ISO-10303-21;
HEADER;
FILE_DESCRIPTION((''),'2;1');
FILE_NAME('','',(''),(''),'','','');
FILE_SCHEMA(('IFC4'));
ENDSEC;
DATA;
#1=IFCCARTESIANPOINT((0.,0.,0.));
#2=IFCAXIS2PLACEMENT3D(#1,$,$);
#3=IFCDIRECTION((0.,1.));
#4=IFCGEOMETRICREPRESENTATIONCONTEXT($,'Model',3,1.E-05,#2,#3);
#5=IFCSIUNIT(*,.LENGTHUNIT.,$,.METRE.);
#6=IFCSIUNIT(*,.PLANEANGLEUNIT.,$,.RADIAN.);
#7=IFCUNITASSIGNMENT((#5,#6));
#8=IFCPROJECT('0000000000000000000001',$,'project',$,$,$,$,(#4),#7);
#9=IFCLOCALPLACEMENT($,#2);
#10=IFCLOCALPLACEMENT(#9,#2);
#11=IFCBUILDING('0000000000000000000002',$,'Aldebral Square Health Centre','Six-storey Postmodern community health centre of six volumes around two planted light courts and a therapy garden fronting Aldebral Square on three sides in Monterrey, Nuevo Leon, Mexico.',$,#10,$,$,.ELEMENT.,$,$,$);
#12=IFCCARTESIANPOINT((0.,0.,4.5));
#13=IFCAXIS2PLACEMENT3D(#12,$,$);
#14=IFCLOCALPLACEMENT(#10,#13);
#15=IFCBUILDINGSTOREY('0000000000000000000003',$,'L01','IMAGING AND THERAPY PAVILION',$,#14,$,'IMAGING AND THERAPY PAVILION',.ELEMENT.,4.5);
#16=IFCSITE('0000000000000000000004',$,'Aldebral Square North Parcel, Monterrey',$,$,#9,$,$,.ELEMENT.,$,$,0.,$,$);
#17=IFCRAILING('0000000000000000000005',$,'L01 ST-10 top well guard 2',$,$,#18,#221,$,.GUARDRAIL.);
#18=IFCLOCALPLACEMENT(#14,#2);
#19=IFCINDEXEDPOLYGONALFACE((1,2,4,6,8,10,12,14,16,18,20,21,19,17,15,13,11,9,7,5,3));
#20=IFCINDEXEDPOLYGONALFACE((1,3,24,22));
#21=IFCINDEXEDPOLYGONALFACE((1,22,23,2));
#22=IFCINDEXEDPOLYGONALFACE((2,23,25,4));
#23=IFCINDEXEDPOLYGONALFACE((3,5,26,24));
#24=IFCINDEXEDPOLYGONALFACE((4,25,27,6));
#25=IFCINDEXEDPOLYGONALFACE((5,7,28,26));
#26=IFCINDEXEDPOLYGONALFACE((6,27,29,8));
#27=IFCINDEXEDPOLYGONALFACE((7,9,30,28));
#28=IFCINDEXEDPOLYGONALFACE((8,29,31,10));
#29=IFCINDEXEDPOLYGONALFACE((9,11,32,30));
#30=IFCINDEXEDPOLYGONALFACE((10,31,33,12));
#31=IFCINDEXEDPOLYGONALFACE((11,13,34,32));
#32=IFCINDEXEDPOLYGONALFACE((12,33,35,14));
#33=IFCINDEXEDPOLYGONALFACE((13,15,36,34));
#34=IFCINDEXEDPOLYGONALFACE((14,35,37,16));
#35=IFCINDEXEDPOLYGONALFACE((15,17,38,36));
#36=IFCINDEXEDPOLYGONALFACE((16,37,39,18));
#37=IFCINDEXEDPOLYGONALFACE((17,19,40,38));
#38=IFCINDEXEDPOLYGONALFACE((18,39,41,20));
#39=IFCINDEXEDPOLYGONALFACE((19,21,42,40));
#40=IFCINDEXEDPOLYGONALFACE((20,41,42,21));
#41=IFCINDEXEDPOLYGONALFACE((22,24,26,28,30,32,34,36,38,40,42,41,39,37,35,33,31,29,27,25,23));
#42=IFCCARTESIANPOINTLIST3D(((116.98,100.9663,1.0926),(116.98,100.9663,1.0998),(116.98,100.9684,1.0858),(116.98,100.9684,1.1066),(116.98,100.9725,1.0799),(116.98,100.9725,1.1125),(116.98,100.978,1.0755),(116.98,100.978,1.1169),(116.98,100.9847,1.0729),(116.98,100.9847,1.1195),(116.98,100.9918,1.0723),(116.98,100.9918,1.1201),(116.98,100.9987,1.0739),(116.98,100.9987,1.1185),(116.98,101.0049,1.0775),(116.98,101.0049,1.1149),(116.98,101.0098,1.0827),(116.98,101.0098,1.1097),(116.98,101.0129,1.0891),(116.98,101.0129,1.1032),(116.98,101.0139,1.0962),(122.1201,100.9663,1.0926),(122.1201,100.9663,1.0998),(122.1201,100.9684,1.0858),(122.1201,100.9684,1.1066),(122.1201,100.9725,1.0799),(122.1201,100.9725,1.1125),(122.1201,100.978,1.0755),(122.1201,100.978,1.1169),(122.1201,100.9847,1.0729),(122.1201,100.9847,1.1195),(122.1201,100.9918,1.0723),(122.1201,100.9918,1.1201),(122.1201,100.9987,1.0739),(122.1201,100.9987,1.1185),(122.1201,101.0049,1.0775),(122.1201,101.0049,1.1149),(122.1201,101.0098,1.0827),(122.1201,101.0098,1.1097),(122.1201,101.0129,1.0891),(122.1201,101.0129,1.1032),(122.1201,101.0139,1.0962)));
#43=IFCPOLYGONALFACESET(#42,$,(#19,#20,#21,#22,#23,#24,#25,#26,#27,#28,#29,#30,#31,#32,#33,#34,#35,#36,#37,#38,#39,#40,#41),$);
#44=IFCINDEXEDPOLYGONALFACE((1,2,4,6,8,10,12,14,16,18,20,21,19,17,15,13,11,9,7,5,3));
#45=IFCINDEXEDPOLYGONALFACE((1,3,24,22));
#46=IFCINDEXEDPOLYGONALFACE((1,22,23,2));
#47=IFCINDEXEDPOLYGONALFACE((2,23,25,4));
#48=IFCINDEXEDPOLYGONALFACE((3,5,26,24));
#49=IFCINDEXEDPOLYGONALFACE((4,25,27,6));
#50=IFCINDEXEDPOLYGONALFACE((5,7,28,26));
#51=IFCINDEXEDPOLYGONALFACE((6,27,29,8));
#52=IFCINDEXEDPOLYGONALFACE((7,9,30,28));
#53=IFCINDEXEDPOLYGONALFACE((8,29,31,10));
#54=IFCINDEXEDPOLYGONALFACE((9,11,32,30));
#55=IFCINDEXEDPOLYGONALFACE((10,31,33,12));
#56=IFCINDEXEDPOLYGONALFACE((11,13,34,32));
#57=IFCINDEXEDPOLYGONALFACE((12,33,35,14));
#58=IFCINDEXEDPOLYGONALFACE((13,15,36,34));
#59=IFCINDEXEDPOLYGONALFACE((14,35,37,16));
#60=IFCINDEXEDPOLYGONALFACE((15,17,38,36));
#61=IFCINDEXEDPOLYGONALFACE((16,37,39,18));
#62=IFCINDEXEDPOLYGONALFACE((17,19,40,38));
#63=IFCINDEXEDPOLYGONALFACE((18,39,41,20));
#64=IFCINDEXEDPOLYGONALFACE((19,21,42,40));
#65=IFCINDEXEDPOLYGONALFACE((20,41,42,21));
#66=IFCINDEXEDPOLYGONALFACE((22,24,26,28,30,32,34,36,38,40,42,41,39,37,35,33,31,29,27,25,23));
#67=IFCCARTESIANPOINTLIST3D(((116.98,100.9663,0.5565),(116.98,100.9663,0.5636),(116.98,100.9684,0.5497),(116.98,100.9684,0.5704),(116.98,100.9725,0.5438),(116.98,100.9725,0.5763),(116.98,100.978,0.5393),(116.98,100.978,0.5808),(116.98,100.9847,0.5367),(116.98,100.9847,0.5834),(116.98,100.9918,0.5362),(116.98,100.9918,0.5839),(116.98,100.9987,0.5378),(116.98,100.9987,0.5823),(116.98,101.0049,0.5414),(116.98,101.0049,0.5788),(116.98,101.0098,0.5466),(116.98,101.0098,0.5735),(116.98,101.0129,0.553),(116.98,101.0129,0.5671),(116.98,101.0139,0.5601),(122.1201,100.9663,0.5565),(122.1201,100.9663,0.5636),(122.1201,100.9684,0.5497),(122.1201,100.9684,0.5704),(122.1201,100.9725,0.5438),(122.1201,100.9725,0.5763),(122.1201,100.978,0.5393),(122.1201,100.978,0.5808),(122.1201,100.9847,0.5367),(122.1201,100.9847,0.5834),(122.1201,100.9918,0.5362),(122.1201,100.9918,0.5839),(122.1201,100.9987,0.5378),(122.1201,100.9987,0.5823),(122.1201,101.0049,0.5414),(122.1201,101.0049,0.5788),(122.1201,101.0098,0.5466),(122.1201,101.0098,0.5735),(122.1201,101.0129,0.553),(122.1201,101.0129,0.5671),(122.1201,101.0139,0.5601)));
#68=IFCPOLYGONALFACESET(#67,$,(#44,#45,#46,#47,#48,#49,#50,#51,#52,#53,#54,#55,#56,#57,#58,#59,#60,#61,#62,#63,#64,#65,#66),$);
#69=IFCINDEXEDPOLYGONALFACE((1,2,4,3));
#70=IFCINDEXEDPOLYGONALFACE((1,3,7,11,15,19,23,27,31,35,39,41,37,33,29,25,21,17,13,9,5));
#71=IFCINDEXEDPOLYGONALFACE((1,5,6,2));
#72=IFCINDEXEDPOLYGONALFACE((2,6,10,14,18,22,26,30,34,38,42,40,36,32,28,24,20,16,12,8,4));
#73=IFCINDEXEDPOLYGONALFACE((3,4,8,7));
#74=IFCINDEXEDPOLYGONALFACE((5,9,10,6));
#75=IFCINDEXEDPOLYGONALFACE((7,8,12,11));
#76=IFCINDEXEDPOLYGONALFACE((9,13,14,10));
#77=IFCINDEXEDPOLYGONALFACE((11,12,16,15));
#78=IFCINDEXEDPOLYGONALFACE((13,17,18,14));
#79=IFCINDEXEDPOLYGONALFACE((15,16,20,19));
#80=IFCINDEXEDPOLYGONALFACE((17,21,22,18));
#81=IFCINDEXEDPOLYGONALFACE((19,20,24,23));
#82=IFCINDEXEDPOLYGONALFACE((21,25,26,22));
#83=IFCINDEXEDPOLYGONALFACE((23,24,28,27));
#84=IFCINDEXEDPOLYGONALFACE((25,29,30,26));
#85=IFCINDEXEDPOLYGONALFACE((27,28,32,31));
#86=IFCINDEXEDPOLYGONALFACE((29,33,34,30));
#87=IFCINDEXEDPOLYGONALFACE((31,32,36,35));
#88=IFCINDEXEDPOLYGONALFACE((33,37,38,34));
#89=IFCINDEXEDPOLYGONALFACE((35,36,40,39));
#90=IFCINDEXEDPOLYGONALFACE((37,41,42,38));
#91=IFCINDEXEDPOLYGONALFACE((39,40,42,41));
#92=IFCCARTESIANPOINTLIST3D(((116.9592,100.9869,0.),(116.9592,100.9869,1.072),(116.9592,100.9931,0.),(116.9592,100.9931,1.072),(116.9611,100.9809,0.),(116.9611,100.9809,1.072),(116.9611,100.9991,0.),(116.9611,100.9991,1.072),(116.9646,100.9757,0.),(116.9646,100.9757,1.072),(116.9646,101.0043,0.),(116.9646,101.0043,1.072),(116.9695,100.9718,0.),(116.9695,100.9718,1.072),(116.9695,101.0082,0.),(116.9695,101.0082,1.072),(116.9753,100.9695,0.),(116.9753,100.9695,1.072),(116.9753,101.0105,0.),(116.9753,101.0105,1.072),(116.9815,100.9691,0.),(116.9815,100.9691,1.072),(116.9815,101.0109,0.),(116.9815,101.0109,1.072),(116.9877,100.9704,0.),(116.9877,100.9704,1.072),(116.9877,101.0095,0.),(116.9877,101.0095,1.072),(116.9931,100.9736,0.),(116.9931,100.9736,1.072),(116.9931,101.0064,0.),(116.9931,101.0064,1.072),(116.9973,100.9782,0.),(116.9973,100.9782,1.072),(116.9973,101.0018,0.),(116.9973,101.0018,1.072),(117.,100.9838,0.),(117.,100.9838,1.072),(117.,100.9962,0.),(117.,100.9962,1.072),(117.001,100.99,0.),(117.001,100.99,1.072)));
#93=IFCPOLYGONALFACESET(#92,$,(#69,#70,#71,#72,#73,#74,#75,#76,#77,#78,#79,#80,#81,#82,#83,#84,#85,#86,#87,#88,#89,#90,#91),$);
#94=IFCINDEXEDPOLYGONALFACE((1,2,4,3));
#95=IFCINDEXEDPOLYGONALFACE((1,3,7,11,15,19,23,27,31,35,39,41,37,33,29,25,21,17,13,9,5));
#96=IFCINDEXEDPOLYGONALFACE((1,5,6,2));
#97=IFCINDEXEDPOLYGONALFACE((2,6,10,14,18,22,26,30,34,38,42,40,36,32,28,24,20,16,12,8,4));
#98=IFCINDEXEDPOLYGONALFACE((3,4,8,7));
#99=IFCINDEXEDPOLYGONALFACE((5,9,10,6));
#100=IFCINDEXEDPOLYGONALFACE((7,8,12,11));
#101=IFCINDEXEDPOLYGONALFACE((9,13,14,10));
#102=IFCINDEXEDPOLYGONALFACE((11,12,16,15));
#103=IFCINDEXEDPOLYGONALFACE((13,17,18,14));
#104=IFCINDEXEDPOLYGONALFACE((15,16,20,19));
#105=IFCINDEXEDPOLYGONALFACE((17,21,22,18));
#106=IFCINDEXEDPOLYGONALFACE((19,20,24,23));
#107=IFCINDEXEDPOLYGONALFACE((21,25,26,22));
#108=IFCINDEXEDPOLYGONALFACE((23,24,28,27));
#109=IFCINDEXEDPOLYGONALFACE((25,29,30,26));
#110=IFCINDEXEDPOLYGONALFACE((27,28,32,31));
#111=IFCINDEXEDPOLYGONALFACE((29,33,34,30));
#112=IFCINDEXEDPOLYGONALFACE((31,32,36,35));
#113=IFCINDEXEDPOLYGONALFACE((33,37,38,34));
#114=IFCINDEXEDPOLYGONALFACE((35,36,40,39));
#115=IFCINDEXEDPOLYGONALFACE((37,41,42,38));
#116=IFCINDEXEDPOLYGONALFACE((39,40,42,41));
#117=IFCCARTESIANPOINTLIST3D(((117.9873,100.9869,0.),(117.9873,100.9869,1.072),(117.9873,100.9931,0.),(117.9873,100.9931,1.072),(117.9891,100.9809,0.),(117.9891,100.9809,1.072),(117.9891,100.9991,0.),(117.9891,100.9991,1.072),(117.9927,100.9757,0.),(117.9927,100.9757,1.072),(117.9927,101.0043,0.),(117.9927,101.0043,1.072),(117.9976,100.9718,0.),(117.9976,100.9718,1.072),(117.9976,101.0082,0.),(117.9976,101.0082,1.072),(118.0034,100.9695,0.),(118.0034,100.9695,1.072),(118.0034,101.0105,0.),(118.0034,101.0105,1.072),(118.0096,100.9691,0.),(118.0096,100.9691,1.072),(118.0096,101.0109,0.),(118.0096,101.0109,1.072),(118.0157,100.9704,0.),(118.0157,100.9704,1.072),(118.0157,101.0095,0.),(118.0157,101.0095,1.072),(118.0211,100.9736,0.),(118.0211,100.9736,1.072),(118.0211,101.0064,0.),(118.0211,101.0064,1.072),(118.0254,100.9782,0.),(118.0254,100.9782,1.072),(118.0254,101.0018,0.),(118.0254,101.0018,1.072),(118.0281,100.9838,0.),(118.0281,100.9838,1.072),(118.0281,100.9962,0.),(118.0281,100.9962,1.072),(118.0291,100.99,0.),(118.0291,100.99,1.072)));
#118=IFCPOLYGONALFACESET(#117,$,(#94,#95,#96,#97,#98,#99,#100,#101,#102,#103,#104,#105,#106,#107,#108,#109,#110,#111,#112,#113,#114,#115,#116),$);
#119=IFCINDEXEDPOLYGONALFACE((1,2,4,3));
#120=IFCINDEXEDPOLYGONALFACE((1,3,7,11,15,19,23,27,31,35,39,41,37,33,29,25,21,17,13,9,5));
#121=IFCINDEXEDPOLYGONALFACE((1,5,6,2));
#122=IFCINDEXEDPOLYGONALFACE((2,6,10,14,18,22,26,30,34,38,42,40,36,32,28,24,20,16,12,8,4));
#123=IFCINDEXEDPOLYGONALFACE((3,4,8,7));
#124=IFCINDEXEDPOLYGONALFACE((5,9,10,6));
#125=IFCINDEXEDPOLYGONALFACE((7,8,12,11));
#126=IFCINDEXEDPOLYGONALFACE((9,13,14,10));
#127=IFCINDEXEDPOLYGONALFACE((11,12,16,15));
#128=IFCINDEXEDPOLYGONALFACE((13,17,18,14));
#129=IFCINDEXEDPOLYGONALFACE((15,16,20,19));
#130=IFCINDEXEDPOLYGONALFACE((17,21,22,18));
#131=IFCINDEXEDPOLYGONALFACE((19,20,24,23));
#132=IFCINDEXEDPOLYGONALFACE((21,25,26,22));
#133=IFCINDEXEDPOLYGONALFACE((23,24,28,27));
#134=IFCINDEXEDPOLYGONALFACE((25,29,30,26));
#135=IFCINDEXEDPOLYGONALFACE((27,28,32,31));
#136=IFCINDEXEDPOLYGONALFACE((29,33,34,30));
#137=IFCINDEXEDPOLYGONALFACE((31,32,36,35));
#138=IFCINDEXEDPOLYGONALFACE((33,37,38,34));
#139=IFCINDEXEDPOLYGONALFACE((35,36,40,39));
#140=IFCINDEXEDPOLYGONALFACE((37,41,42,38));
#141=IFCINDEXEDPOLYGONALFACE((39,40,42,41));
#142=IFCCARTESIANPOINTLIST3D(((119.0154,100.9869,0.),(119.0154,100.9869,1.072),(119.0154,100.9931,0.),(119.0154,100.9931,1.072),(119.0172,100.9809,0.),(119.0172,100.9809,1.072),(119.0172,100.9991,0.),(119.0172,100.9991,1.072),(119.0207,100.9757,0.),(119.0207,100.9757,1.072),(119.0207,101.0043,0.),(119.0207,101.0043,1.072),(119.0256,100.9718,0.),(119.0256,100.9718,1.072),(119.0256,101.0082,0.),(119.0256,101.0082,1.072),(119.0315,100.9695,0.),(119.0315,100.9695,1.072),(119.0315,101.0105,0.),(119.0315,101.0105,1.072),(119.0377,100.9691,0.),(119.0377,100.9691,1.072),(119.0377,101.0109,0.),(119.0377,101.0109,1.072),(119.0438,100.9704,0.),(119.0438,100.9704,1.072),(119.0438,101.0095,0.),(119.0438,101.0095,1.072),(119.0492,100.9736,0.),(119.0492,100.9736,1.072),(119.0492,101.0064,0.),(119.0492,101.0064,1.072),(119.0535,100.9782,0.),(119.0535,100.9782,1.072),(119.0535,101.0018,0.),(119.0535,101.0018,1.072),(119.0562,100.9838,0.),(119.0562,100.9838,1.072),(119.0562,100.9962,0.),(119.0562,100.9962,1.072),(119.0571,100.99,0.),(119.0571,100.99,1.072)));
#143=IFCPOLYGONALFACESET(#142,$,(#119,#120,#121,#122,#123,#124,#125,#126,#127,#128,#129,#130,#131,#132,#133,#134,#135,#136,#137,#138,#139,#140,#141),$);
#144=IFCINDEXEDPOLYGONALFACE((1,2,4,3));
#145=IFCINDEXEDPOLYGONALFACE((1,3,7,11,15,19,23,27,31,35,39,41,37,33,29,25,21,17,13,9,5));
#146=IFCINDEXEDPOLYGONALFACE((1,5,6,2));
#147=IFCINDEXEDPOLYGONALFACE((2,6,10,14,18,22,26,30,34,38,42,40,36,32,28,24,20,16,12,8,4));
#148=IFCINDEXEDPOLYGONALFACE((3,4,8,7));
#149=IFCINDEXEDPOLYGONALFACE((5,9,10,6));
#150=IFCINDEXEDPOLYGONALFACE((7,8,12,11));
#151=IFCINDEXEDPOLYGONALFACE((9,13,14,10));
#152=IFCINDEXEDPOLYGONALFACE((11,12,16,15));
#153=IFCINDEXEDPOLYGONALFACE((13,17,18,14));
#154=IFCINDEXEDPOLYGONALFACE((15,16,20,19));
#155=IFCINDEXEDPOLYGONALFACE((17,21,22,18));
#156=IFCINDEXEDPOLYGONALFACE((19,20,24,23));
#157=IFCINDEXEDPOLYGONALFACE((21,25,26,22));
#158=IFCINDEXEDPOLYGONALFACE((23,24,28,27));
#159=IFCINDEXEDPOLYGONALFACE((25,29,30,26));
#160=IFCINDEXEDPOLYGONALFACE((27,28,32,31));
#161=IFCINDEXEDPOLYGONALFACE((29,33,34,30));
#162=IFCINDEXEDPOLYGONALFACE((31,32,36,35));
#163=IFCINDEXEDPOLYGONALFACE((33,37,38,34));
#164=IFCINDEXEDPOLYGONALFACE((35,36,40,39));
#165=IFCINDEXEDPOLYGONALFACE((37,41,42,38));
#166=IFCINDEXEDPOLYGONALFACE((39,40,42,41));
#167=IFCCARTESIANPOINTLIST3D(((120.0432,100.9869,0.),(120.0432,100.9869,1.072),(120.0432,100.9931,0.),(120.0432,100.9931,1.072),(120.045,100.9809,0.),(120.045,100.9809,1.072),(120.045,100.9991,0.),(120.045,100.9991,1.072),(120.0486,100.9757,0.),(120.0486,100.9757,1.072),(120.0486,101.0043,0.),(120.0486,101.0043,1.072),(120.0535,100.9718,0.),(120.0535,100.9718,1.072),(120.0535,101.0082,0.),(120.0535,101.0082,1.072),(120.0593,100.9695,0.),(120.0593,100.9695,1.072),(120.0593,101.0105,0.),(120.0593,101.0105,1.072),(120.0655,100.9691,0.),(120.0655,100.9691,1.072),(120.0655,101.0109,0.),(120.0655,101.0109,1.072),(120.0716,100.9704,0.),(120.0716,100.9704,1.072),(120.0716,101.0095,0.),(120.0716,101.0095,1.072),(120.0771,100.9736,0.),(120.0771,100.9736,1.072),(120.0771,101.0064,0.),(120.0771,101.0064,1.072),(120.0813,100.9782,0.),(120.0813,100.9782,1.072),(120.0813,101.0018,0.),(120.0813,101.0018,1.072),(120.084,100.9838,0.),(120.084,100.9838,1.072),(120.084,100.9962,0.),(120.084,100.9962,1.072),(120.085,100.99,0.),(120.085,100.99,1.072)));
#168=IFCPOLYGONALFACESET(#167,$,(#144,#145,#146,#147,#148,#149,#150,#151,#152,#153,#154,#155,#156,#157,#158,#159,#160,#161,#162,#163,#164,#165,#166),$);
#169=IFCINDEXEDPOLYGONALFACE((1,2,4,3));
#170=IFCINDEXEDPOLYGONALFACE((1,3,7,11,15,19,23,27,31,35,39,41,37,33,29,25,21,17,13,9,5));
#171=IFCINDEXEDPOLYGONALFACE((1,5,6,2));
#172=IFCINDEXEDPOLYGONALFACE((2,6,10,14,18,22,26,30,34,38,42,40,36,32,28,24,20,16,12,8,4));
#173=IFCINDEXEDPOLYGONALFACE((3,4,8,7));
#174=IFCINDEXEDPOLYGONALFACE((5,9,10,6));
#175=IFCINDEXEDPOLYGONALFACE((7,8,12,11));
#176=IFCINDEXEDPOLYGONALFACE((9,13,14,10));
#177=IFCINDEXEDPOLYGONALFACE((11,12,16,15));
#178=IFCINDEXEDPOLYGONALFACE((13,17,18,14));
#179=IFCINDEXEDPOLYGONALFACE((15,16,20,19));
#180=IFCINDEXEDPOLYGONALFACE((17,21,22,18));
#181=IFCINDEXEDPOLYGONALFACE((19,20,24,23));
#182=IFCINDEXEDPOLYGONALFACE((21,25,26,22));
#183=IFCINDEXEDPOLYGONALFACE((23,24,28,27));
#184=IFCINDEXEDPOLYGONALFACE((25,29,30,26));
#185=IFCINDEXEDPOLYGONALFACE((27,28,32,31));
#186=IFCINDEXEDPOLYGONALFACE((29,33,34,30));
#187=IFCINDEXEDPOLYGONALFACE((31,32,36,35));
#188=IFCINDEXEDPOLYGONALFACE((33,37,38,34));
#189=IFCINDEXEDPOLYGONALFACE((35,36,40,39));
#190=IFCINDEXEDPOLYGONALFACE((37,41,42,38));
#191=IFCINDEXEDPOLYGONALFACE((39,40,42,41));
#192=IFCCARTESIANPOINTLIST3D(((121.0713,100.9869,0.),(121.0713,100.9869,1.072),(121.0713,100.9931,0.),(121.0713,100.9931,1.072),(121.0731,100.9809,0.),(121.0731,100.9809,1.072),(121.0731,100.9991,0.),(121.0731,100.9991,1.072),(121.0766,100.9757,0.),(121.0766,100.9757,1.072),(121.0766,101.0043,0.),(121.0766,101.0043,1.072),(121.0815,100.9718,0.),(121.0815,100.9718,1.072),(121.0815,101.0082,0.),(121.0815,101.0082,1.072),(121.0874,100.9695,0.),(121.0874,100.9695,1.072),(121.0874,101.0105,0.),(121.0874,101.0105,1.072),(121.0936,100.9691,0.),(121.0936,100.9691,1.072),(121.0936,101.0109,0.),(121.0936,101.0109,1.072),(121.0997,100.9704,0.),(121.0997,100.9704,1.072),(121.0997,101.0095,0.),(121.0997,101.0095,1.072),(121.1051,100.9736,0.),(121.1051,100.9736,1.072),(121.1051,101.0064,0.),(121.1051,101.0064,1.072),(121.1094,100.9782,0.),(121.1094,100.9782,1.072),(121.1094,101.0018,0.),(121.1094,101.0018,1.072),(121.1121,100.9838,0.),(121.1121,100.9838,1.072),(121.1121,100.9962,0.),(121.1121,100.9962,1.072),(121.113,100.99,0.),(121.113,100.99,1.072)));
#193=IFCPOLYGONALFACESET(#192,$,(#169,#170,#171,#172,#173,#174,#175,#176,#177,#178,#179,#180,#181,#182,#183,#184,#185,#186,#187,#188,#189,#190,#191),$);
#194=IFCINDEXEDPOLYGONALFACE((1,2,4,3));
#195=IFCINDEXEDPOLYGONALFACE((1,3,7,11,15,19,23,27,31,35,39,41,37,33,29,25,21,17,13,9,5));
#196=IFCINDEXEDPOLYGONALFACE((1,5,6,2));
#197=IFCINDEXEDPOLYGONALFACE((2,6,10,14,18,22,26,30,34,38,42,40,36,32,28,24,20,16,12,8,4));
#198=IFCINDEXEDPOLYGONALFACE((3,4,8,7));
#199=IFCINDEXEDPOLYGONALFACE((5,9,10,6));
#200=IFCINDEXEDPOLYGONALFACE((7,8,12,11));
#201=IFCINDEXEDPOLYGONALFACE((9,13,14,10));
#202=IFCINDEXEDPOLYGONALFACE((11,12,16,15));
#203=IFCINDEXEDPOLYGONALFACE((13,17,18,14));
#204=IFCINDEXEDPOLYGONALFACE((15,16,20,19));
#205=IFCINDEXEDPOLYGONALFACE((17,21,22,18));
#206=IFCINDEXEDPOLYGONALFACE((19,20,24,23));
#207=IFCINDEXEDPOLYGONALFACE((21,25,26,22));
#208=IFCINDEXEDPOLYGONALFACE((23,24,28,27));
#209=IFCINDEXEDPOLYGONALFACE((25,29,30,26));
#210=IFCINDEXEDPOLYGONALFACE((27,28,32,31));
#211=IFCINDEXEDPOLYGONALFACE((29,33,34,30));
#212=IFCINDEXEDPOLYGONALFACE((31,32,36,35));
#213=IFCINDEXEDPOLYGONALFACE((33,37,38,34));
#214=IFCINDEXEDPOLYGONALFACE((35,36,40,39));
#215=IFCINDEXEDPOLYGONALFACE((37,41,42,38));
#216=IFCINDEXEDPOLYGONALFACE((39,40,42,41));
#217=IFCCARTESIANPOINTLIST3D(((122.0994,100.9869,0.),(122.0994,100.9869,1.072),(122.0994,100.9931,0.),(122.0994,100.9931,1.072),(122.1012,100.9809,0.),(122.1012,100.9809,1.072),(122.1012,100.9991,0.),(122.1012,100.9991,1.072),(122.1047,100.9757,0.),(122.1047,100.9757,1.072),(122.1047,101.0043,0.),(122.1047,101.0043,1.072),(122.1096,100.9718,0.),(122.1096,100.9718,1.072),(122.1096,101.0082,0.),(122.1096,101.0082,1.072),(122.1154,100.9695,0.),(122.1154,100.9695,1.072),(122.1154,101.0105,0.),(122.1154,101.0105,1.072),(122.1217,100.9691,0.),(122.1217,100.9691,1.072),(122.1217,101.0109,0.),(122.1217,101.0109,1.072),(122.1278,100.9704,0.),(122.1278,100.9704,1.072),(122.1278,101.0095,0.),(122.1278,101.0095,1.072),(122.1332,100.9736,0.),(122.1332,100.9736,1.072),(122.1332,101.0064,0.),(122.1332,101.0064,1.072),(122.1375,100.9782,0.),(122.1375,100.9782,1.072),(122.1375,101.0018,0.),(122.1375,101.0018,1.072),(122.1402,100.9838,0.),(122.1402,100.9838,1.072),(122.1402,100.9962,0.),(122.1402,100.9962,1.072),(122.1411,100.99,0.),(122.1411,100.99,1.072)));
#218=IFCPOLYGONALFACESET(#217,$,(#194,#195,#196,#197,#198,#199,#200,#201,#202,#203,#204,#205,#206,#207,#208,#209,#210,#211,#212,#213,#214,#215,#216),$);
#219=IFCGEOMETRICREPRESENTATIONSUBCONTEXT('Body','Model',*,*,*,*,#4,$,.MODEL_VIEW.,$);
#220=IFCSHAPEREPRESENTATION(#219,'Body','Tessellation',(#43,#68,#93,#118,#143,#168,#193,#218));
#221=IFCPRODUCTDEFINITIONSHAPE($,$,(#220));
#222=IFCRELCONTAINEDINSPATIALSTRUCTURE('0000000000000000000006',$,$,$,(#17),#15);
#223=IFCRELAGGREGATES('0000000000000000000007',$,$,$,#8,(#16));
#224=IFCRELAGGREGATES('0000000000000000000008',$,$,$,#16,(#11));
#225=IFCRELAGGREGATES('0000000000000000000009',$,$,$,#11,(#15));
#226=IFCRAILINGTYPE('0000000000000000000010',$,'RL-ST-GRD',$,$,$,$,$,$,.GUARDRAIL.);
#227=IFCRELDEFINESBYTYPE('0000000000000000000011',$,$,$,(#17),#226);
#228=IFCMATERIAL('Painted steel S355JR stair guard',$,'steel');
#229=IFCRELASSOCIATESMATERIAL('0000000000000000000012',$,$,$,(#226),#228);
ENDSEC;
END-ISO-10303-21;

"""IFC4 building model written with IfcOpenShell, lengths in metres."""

from ifc_helpers import new_model, si_unit, direction, frame, origin, origin_2d, place, context, subcontext, project, spatial, circle, extrude, material, type_object, element, save


model = new_model("IFC4")

# Units and contexts
model_context = context("Model", 3, precision=1e-05, world=origin(), true_north=direction((0.0, 1.0)))
body_context = subcontext(model_context, "Body", "Model", "MODEL_VIEW")
ifc_project = project(units=[si_unit("LENGTHUNIT", "METRE"), si_unit("PLANEANGLEUNIT", "RADIAN")], contexts=[model_context])

# Site, building, storey
site_placement = place(None, origin())
site = spatial("IfcSite", under=ifc_project, at=site_placement, Name="Aldebral Square North Parcel, Monterrey", CompositionType="ELEMENT", RefElevation=0.0)
building_placement = place(site_placement, origin())
building = spatial("IfcBuilding", under=site, at=building_placement, Name="Aldebral Square Health Centre", Description="Six-storey Postmodern community health centre of six volumes around two planted light courts and a therapy garden fronting Aldebral Square on three sides in Monterrey, Nuevo Leon, Mexico.", CompositionType="ELEMENT")
storey_placement = place(building_placement, frame((0.0, 0.0, 4.5)))
storey = spatial("IfcBuildingStorey", under=building, at=storey_placement, Name="L01", Description="IMAGING AND THERAPY PAVILION", LongName="IMAGING AND THERAPY PAVILION", CompositionType="ELEMENT", Elevation=4.5)

# Railing
ifc_material_1 = material(Name="Painted steel S355JR stair guard", Category="steel")
railing_type = type_object("IfcRailingType", Name="RL-ST-GRD", PredefinedType="GUARDRAIL", material=ifc_material_1)
railing_1_placement = place(storey_placement, frame((116.98, 100.99, 0.0)))
element("IfcRailing", 1, at=railing_1_placement, inside=storey, type_object=railing_type, Name="L01 ST-10 top well guard 2", PredefinedType="GUARDRAIL", context=body_context, shape_type="SweptSolid", body=[
    extrude(circle(Radius=0.0239, at=origin_2d()), frame((0.0, 0.0, 1.0962), z_axis=(1.0, 0.0, 0.0), x_axis=(0.0, 1.0, 0.0)), (0.0, 0.0, 1.0), 5.1401),
    extrude(circle(Radius=0.0239, at=origin_2d()), frame((0.0, 0.0, 0.5601), z_axis=(1.0, 0.0, 0.0), x_axis=(0.0, 1.0, 0.0)), (0.0, 0.0, 1.0), 5.1401),
    extrude(circle(Radius=0.021, at=origin_2d()), origin(), (0.0, 0.0, 1.0), 1.072),
    extrude(circle(Radius=0.021, at=origin_2d()), frame((1.0281, 0.0, 0.0)), (0.0, 0.0, 1.0), 1.072),
    extrude(circle(Radius=0.021, at=origin_2d()), frame((2.0562, 0.0, 0.0)), (0.0, 0.0, 1.0), 1.072),
    extrude(circle(Radius=0.021, at=origin_2d()), frame((3.084, 0.0, 0.0)), (0.0, 0.0, 1.0), 1.072),
    extrude(circle(Radius=0.021, at=origin_2d()), frame((4.1121, 0.0, 0.0)), (0.0, 0.0, 1.0), 1.072),
    extrude(circle(Radius=0.021, at=origin_2d()), frame((5.1401, 0.0, 0.0)), (0.0, 0.0, 1.0), 1.072),
])

save(model, "model.ifc")
